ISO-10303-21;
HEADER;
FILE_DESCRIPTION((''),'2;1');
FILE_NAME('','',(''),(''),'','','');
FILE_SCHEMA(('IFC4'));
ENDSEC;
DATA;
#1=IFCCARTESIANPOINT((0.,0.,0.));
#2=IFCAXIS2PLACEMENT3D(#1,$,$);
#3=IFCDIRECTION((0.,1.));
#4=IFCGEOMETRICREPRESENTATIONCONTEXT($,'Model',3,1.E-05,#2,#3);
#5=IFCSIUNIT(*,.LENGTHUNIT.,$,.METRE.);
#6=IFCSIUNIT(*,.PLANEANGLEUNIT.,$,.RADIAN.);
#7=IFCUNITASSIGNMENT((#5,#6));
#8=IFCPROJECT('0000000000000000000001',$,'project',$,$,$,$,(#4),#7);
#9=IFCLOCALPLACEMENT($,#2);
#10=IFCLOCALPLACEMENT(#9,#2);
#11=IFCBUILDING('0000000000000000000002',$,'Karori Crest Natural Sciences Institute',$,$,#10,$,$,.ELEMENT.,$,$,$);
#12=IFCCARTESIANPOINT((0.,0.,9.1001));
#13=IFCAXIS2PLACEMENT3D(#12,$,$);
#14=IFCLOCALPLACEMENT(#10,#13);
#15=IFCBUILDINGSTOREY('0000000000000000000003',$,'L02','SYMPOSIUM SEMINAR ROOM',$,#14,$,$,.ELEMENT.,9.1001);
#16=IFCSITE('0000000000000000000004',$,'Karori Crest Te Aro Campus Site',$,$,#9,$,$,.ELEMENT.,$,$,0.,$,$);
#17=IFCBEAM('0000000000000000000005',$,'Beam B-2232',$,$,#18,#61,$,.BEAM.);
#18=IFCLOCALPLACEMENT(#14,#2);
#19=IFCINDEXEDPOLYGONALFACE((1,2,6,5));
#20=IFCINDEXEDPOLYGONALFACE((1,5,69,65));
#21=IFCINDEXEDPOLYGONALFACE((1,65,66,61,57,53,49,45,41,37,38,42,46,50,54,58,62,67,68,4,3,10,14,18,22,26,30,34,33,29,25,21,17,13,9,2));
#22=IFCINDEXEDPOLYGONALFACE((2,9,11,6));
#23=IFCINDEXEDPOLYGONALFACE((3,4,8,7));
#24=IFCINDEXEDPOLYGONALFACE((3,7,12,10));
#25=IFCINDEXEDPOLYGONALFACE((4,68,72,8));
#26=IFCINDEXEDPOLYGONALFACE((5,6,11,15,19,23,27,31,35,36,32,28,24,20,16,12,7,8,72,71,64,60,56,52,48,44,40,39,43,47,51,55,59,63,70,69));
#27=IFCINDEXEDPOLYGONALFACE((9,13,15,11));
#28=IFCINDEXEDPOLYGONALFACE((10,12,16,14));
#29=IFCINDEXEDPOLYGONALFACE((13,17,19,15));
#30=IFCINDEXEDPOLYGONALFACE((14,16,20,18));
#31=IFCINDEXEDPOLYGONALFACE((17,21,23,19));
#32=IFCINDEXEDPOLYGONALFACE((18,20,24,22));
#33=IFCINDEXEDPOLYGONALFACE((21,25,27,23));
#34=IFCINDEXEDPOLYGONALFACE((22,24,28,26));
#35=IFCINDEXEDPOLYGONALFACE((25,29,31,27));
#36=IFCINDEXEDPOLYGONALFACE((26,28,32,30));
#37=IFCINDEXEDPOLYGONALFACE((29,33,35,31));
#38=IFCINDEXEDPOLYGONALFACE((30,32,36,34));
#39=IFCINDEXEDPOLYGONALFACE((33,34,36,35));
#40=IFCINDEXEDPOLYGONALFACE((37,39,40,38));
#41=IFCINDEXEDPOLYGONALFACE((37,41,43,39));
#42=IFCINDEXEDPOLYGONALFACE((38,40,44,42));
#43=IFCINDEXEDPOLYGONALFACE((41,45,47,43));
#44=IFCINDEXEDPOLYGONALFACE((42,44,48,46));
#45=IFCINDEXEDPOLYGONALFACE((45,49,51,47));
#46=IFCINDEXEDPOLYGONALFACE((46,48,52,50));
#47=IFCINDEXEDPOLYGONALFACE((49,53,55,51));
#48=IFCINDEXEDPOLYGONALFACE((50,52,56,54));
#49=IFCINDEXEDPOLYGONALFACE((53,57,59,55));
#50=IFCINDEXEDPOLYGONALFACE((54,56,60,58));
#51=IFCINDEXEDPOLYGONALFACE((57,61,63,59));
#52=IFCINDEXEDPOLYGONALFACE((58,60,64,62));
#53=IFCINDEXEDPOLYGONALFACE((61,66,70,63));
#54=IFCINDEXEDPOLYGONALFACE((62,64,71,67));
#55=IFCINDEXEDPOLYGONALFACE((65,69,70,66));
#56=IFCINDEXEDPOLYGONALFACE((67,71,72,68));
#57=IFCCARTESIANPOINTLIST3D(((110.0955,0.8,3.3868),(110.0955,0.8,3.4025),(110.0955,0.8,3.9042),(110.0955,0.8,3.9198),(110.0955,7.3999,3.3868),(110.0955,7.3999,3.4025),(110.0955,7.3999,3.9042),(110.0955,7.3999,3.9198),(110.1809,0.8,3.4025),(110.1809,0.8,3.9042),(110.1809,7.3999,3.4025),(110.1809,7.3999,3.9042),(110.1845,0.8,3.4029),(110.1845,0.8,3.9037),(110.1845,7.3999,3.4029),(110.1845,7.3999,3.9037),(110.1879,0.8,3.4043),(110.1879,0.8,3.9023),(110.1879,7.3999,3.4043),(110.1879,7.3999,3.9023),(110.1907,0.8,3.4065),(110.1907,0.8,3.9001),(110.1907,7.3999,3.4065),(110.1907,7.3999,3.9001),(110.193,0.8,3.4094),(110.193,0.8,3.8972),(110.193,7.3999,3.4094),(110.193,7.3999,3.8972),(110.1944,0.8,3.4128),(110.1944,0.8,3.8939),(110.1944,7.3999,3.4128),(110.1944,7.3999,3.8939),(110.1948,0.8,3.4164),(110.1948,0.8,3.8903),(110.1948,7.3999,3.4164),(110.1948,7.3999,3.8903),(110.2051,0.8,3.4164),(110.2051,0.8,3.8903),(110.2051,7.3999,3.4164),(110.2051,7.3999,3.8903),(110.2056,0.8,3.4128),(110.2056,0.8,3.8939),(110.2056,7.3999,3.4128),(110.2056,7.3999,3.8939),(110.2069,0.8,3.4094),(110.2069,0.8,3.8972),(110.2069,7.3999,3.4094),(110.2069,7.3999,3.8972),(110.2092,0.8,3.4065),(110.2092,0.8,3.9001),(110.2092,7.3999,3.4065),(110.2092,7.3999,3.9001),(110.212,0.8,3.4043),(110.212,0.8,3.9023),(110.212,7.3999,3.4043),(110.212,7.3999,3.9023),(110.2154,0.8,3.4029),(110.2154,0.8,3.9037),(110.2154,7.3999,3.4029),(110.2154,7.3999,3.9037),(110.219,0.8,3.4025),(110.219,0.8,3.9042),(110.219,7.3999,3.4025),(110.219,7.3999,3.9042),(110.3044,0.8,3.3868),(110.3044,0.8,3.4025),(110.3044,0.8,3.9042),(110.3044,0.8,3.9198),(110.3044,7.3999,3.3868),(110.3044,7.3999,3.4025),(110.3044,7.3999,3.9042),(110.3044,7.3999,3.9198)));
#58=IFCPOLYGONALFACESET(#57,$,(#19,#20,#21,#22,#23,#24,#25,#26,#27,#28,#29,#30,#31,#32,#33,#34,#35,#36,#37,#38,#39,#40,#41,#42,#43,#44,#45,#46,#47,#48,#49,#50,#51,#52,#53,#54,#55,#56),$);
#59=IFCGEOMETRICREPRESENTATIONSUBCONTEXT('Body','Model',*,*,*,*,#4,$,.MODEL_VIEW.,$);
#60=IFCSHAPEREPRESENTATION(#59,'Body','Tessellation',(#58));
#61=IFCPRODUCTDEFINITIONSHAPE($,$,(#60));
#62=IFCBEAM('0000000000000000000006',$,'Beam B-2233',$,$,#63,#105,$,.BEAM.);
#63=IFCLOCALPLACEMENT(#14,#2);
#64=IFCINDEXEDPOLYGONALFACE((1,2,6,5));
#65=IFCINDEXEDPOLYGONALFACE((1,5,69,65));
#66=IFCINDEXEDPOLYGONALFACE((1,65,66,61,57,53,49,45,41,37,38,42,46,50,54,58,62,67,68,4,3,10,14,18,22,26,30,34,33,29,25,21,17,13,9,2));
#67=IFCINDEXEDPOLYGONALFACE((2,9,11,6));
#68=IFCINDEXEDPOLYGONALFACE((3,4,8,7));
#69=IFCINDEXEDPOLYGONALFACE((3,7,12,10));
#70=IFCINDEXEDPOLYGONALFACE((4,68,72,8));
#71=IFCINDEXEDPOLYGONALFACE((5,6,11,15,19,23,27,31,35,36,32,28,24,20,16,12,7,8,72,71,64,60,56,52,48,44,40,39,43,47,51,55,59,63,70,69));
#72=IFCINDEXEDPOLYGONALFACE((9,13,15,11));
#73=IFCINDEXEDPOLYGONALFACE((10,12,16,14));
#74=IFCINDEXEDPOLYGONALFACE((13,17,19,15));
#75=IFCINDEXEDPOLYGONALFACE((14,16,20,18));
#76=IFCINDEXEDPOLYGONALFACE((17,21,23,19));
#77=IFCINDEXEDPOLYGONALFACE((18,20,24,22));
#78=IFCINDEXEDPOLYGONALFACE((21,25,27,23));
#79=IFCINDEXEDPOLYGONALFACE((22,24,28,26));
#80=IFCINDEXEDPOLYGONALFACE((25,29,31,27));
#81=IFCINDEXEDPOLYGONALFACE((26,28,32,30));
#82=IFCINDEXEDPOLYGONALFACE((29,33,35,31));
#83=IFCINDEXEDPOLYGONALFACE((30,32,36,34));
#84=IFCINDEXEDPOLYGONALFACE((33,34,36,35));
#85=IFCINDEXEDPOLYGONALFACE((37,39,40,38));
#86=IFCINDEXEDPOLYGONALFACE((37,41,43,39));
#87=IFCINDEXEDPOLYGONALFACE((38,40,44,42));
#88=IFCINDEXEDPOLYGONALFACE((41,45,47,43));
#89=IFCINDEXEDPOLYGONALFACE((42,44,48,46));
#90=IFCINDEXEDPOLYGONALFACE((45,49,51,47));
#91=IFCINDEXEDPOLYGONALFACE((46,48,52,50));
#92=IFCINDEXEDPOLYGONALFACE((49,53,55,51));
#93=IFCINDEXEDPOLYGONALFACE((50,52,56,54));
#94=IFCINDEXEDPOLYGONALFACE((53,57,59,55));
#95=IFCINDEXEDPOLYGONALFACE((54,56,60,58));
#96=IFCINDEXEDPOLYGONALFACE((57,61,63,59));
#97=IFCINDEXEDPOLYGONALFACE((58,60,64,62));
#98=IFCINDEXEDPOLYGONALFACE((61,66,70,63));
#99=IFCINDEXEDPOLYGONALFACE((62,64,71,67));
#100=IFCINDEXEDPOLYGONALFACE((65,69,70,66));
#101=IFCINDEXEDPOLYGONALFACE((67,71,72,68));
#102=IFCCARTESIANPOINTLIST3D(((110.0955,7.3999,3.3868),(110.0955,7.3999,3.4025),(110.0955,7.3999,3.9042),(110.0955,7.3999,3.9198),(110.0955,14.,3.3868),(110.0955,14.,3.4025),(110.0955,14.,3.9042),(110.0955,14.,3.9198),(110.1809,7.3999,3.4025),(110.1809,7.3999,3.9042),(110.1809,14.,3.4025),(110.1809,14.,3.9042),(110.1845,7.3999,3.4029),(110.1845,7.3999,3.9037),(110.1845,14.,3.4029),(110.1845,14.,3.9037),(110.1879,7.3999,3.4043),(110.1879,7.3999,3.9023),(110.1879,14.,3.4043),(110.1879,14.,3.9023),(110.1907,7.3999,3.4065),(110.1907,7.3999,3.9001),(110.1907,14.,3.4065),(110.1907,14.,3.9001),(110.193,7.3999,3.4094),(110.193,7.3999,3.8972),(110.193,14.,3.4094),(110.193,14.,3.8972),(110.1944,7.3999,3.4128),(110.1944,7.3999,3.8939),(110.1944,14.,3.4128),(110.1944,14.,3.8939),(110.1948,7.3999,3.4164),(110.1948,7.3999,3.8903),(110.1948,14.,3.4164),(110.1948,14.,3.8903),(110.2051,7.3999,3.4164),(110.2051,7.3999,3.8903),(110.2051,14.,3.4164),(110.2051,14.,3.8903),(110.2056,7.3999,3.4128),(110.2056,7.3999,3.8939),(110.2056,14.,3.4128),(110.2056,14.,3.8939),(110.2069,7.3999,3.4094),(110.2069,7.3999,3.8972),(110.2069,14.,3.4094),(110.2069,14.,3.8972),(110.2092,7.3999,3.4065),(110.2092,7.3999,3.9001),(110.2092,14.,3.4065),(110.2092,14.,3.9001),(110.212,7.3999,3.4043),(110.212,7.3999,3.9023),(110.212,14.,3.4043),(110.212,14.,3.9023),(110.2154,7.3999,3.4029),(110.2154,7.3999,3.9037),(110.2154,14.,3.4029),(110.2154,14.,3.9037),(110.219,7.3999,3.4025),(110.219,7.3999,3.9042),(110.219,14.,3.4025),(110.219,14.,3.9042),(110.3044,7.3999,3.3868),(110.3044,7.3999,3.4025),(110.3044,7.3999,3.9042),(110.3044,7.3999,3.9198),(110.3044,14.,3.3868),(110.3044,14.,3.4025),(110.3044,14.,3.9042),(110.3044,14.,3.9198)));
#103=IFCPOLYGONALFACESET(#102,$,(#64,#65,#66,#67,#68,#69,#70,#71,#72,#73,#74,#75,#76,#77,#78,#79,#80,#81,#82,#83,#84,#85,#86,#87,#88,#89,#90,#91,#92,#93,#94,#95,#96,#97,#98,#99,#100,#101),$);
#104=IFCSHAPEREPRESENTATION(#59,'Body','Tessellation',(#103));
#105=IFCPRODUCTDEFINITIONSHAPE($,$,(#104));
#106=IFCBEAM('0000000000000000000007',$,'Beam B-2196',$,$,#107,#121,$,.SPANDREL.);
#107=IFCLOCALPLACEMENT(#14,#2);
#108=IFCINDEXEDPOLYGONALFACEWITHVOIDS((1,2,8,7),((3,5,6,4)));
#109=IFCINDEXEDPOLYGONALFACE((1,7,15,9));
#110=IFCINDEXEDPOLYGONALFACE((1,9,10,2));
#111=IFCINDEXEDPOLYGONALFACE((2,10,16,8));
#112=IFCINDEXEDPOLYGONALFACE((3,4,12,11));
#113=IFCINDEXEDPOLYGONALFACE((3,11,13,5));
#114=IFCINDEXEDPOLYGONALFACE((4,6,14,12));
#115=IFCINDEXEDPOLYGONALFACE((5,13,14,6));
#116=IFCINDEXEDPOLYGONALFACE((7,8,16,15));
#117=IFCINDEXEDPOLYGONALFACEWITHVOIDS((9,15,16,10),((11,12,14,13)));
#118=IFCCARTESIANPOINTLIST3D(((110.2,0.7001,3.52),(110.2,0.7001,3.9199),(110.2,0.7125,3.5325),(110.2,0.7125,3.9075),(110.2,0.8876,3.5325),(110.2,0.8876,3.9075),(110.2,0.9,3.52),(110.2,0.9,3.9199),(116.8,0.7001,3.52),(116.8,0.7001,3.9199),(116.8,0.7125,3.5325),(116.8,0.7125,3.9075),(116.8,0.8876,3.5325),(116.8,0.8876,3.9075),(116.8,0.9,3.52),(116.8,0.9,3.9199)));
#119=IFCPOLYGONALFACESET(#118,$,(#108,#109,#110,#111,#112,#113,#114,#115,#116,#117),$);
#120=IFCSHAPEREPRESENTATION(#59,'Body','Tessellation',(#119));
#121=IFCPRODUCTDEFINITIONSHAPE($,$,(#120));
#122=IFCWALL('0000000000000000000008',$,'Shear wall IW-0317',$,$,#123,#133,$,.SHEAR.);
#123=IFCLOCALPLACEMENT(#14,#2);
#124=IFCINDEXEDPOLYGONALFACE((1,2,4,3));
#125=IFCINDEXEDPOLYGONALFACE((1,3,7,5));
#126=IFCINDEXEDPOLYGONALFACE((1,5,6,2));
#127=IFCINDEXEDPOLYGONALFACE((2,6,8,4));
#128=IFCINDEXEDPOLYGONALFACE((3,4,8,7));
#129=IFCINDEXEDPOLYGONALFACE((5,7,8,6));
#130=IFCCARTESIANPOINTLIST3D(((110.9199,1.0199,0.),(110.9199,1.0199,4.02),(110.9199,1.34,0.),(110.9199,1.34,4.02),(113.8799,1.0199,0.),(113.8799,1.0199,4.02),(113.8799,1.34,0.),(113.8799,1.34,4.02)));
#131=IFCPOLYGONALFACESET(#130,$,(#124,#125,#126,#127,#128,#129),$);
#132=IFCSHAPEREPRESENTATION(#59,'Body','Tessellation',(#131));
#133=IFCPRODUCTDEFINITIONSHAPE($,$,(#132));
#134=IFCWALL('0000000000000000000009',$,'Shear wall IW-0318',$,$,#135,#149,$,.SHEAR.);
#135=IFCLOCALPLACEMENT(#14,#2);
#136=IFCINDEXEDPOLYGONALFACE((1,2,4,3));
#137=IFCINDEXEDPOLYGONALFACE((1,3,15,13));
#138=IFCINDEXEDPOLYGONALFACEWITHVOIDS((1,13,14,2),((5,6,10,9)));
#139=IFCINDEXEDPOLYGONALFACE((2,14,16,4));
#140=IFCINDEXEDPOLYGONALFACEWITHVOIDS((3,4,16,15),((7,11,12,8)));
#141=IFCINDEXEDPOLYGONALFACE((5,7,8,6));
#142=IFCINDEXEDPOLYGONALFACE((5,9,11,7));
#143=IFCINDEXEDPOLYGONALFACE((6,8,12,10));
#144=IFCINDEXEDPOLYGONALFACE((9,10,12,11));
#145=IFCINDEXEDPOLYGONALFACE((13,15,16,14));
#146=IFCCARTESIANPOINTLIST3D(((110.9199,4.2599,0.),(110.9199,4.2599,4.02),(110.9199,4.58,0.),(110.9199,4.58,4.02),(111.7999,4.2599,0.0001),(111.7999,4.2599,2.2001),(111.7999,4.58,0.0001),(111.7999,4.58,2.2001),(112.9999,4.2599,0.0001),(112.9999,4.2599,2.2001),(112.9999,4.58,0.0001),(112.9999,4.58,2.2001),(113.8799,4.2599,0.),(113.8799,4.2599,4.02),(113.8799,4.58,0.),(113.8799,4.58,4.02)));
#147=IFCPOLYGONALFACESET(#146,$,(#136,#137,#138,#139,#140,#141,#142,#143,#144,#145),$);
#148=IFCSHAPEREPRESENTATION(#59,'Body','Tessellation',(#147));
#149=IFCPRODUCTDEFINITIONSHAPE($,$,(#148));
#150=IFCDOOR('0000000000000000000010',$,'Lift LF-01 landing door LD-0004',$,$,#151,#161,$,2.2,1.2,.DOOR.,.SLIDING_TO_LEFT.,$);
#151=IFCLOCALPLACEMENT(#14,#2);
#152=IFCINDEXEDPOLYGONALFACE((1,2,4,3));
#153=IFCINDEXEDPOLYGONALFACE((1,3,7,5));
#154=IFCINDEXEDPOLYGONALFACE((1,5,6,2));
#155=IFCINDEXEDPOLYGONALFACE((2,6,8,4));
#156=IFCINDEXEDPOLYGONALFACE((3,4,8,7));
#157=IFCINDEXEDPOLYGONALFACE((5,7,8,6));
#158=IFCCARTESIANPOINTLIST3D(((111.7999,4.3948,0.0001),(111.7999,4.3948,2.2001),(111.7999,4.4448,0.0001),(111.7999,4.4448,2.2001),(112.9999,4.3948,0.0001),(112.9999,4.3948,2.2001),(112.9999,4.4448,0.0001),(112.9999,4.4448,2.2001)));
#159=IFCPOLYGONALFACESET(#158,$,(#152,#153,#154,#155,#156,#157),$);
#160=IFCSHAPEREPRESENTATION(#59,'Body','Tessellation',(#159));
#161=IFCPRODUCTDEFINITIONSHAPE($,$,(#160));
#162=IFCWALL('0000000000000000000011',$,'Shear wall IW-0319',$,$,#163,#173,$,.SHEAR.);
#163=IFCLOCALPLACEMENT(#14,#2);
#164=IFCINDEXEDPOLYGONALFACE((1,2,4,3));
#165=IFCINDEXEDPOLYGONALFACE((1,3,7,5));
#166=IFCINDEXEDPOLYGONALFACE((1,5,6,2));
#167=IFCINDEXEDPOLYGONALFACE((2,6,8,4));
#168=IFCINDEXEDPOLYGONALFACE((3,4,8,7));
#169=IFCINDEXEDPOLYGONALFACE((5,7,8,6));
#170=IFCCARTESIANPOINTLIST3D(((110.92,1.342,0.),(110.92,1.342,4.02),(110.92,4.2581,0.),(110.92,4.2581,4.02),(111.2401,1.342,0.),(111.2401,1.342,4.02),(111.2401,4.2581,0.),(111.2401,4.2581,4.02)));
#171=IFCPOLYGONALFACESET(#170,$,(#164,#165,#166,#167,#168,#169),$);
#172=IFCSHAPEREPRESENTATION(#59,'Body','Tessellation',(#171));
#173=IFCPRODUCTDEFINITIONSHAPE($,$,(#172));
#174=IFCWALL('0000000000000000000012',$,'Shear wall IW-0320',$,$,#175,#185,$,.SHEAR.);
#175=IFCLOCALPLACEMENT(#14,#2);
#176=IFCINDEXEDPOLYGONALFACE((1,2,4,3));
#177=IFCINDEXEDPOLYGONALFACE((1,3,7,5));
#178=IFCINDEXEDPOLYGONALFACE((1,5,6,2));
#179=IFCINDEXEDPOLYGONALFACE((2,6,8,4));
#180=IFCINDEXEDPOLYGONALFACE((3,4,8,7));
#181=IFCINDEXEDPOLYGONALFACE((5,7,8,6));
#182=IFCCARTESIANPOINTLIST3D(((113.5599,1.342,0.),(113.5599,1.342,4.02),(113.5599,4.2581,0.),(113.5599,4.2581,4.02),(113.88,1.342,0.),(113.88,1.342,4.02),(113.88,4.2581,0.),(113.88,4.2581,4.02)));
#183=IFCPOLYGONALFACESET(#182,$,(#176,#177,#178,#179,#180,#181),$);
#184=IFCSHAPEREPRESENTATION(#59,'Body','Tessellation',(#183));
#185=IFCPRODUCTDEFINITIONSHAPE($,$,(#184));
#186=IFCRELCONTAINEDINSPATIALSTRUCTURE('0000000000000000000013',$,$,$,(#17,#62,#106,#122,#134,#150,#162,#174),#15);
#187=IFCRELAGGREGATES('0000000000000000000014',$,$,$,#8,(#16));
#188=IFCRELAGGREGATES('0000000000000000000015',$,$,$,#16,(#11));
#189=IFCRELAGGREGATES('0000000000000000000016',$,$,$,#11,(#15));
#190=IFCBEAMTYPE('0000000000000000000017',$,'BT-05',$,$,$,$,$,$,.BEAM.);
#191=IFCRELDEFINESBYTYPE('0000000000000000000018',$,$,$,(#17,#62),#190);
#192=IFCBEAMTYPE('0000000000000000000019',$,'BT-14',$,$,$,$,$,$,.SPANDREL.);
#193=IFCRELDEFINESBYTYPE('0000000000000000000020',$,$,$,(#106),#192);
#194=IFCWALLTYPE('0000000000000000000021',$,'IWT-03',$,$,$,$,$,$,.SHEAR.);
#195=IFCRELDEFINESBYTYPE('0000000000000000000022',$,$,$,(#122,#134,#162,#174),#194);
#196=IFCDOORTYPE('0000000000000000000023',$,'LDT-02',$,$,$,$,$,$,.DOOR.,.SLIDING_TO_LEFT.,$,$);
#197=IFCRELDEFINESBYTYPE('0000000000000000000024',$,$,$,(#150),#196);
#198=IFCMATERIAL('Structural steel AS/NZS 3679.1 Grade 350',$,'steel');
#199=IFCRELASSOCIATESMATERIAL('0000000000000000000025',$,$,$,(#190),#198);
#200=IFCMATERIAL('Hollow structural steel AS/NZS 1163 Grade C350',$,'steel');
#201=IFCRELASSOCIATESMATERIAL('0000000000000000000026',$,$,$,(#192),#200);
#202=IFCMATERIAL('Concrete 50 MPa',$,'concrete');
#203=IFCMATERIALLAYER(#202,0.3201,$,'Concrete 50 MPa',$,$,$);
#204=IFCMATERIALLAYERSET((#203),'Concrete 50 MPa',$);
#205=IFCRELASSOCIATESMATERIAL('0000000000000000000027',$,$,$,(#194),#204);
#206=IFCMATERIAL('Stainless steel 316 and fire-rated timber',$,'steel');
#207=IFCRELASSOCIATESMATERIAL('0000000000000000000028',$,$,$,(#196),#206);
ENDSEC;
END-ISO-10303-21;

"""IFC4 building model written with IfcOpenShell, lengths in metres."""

from ifc_helpers import new_model, si_unit, direction, frame, frame_2d, origin, origin_2d, place, context, subcontext, project, spatial, rectangle, hollow_rectangle, i_section, extrude, material, layer, layer_set, material_profile, profile_set, type_object, element, fill, save


model = new_model("IFC4")

# Units and contexts
model_context = context("Model", 3, precision=1e-05, world=origin(), true_north=direction((0.0, 1.0)))
body_context = subcontext(model_context, "Body", "Model", "MODEL_VIEW")
ifc_project = project(units=[si_unit("LENGTHUNIT", "METRE"), si_unit("PLANEANGLEUNIT", "RADIAN")], contexts=[model_context])

# Site, building, storey
site_placement = place(None, origin())
site = spatial("IfcSite", under=ifc_project, at=site_placement, Name="Karori Crest Te Aro Campus Site", CompositionType="ELEMENT", RefElevation=0.0)
building_placement = place(site_placement, origin())
building = spatial("IfcBuilding", under=site, at=building_placement, Name="Karori Crest Natural Sciences Institute", CompositionType="ELEMENT")
storey_placement = place(building_placement, frame((0.0, 0.0, 9.1001)))
storey = spatial("IfcBuildingStorey", under=building, at=storey_placement, Name="L02", Description="SYMPOSIUM SEMINAR ROOM", CompositionType="ELEMENT", Elevation=9.1001)

# Shared definitions
ifc_material_1 = material(Name="Structural steel AS/NZS 3679.1 Grade 350", Category="steel")

# Beams
ifc_material_profile_1 = material_profile(ifc_material_1, i_section(OverallWidth=0.209, OverallDepth=0.533, WebThickness=0.0103, FlangeThickness=0.0156, FilletRadius=0.0139, at=origin_2d()), Name="530UB92.4")
ifc_profile_set_1 = profile_set([ifc_material_profile_1], Name="Structural steel AS/NZS 3679.1 Grade 350")
beam_type_1 = type_object("IfcBeamType", Name="BT-05", PredefinedType="BEAM", material=ifc_profile_set_1)
beam_1_placement = place(storey_placement, frame((110.2, 0.8, 3.6533), z_axis=(0.0, 1.0, 0.0), x_axis=(-1.0, 0.0, 0.0)))
element("IfcBeam", 1, at=beam_1_placement, inside=storey, type_object=beam_type_1, Name="Beam B-2232", PredefinedType="BEAM", context=body_context, shape_type="SweptSolid", body=[
    extrude(i_section(OverallWidth=0.209, OverallDepth=0.533, WebThickness=0.0103, FlangeThickness=0.0156, FilletRadius=0.0139, at=origin_2d()), origin(), (0.0, 0.0, 1.0), 6.5999),
])
beam_2_placement = place(storey_placement, frame((110.2, 7.3999, 3.6533), z_axis=(0.0, 1.0, 0.0), x_axis=(-1.0, 0.0, 0.0)))
element("IfcBeam", 2, at=beam_2_placement, inside=storey, type_object=beam_type_1, Name="Beam B-2233", PredefinedType="BEAM", context=body_context, shape_type="SweptSolid", body=[
    extrude(i_section(OverallWidth=0.209, OverallDepth=0.533, WebThickness=0.0103, FlangeThickness=0.0156, FilletRadius=0.0139, at=origin_2d()), origin(), (0.0, 0.0, 1.0), 6.6001),
])
ifc_material_2 = material(Name="Hollow structural steel AS/NZS 1163 Grade C350", Category="steel")
ifc_material_profile_2 = material_profile(ifc_material_2, hollow_rectangle(XDim=0.2, YDim=0.3999, WallThickness=0.0125, at=origin_2d()), Name="RHS400x200x12.5")
ifc_profile_set_2 = profile_set([ifc_material_profile_2], Name="Hollow structural steel AS/NZS 1163 Grade C350")
beam_type_2 = type_object("IfcBeamType", Name="BT-14", PredefinedType="SPANDREL", material=ifc_profile_set_2)
beam_3_placement = place(storey_placement, frame((110.2, 0.8, 3.72), z_axis=(1.0, 0.0, 0.0), x_axis=(0.0, 1.0, 0.0)))
element("IfcBeam", 3, at=beam_3_placement, inside=storey, type_object=beam_type_2, Name="Beam B-2196", PredefinedType="SPANDREL", context=body_context, shape_type="SweptSolid", body=[
    extrude(hollow_rectangle(XDim=0.2, YDim=0.3999, WallThickness=0.0125, at=origin_2d()), origin(), (0.0, 0.0, 1.0), 6.6001),
])

# Shared definitions
ifc_material_3 = material(Name="Concrete 50 MPa", Category="concrete")
ifc_material_4 = material(Name="Stainless steel 316 and fire-rated timber", Category="steel")

# Wall
ifc_layer_1 = layer(ifc_material_3, 0.3201, Name="Concrete 50 MPa")
ifc_layer_set_1 = layer_set([ifc_layer_1], Name="Concrete 50 MPa")
wall_type_1 = type_object("IfcWallType", Name="IWT-03", PredefinedType="SHEAR", material=ifc_layer_set_1)
wall_1_placement = place(storey_placement, frame((110.9199, 1.1799, 0.0), z_axis=(0.0, 0.0, 1.0), x_axis=(1.0, 0.0, 0.0)))
element("IfcWall", 4, at=wall_1_placement, inside=storey, type_object=wall_type_1, Name="Shear wall IW-0317", PredefinedType="SHEAR", context=body_context, shape_type="SweptSolid", body=[
    extrude(rectangle(XDim=2.96, YDim=0.3201, at=frame_2d((1.48, 0.0))), origin(), (0.0, 0.0, 1.0), 4.02),
])

# Wall, opening, door
wall_2_placement = place(storey_placement, frame((110.9199, 4.4199, 0.0), z_axis=(0.0, 0.0, 1.0), x_axis=(1.0, 0.0, 0.0)))
wall_2 = element("IfcWall", 5, at=wall_2_placement, inside=storey, type_object=wall_type_1, Name="Shear wall IW-0318", PredefinedType="SHEAR", context=body_context, shape_type="SweptSolid", body=[
    extrude(rectangle(XDim=2.96, YDim=0.3201, at=frame_2d((1.48, 0.0))), origin(), (0.0, 0.0, 1.0), 4.02),
])
opening_1_placement = place(wall_2_placement, frame((0.8799, 0.0, 0.0)))
opening_1 = element("IfcOpeningElement", 6, at=opening_1_placement, cuts=wall_2, PredefinedType="OPENING", context=body_context, shape_type="SweptSolid", body=[
    extrude(rectangle(XDim=1.2, YDim=2.2, at=frame_2d((0.6001, 1.1001))), frame((0.0, 0.1699, 0.0), z_axis=(0.0, -1.0, 0.0), x_axis=(1.0, 0.0, 0.0)), (0.0, 0.0, 1.0), 0.3401),
])
door_type_1 = type_object("IfcDoorType", Name="LDT-02", OperationType="SLIDING_TO_LEFT", PredefinedType="DOOR", material=ifc_material_4)
door_1_placement = place(opening_1_placement, origin())
door_1 = element("IfcDoor", 7, at=door_1_placement, inside=storey, type_object=door_type_1, Name="Lift LF-01 landing door LD-0004", OperationType="SLIDING_TO_LEFT", OverallHeight=2.2, OverallWidth=1.2, PredefinedType="DOOR", context=body_context, shape_type="SweptSolid", body=[
    extrude(rectangle(XDim=1.2, YDim=2.2, at=frame_2d((0.6001, 1.1001))), frame((0.0, 0.0249, 0.0), z_axis=(0.0, -1.0, 0.0), x_axis=(1.0, 0.0, 0.0)), (0.0, 0.0, 1.0), 0.05),
])
fill(opening_1, door_1)

# Walls
for number, where, z_axis, x_axis, name in (
    (8, (111.0801, 1.342, 0.0), (0.0, 0.0, 1.0), (0.0, 1.0, 0.0), "Shear wall IW-0319"),
    (9, (113.72, 1.342, 0.0), (0.0, 0.0, 1.0), (0.0, 1.0, 0.0), "Shear wall IW-0320"),
):
    element("IfcWall", number, at=place(storey_placement, frame(where, z_axis=z_axis, x_axis=x_axis)), inside=storey, type_object=wall_type_1, Name=name, PredefinedType="SHEAR", context=body_context, shape_type="SweptSolid", body=[
        extrude(rectangle(XDim=2.916, YDim=0.3201, at=frame_2d((1.458, 0.0))), origin(), (0.0, 0.0, 1.0), 4.02),
    ])

save(model, "model.ifc")
